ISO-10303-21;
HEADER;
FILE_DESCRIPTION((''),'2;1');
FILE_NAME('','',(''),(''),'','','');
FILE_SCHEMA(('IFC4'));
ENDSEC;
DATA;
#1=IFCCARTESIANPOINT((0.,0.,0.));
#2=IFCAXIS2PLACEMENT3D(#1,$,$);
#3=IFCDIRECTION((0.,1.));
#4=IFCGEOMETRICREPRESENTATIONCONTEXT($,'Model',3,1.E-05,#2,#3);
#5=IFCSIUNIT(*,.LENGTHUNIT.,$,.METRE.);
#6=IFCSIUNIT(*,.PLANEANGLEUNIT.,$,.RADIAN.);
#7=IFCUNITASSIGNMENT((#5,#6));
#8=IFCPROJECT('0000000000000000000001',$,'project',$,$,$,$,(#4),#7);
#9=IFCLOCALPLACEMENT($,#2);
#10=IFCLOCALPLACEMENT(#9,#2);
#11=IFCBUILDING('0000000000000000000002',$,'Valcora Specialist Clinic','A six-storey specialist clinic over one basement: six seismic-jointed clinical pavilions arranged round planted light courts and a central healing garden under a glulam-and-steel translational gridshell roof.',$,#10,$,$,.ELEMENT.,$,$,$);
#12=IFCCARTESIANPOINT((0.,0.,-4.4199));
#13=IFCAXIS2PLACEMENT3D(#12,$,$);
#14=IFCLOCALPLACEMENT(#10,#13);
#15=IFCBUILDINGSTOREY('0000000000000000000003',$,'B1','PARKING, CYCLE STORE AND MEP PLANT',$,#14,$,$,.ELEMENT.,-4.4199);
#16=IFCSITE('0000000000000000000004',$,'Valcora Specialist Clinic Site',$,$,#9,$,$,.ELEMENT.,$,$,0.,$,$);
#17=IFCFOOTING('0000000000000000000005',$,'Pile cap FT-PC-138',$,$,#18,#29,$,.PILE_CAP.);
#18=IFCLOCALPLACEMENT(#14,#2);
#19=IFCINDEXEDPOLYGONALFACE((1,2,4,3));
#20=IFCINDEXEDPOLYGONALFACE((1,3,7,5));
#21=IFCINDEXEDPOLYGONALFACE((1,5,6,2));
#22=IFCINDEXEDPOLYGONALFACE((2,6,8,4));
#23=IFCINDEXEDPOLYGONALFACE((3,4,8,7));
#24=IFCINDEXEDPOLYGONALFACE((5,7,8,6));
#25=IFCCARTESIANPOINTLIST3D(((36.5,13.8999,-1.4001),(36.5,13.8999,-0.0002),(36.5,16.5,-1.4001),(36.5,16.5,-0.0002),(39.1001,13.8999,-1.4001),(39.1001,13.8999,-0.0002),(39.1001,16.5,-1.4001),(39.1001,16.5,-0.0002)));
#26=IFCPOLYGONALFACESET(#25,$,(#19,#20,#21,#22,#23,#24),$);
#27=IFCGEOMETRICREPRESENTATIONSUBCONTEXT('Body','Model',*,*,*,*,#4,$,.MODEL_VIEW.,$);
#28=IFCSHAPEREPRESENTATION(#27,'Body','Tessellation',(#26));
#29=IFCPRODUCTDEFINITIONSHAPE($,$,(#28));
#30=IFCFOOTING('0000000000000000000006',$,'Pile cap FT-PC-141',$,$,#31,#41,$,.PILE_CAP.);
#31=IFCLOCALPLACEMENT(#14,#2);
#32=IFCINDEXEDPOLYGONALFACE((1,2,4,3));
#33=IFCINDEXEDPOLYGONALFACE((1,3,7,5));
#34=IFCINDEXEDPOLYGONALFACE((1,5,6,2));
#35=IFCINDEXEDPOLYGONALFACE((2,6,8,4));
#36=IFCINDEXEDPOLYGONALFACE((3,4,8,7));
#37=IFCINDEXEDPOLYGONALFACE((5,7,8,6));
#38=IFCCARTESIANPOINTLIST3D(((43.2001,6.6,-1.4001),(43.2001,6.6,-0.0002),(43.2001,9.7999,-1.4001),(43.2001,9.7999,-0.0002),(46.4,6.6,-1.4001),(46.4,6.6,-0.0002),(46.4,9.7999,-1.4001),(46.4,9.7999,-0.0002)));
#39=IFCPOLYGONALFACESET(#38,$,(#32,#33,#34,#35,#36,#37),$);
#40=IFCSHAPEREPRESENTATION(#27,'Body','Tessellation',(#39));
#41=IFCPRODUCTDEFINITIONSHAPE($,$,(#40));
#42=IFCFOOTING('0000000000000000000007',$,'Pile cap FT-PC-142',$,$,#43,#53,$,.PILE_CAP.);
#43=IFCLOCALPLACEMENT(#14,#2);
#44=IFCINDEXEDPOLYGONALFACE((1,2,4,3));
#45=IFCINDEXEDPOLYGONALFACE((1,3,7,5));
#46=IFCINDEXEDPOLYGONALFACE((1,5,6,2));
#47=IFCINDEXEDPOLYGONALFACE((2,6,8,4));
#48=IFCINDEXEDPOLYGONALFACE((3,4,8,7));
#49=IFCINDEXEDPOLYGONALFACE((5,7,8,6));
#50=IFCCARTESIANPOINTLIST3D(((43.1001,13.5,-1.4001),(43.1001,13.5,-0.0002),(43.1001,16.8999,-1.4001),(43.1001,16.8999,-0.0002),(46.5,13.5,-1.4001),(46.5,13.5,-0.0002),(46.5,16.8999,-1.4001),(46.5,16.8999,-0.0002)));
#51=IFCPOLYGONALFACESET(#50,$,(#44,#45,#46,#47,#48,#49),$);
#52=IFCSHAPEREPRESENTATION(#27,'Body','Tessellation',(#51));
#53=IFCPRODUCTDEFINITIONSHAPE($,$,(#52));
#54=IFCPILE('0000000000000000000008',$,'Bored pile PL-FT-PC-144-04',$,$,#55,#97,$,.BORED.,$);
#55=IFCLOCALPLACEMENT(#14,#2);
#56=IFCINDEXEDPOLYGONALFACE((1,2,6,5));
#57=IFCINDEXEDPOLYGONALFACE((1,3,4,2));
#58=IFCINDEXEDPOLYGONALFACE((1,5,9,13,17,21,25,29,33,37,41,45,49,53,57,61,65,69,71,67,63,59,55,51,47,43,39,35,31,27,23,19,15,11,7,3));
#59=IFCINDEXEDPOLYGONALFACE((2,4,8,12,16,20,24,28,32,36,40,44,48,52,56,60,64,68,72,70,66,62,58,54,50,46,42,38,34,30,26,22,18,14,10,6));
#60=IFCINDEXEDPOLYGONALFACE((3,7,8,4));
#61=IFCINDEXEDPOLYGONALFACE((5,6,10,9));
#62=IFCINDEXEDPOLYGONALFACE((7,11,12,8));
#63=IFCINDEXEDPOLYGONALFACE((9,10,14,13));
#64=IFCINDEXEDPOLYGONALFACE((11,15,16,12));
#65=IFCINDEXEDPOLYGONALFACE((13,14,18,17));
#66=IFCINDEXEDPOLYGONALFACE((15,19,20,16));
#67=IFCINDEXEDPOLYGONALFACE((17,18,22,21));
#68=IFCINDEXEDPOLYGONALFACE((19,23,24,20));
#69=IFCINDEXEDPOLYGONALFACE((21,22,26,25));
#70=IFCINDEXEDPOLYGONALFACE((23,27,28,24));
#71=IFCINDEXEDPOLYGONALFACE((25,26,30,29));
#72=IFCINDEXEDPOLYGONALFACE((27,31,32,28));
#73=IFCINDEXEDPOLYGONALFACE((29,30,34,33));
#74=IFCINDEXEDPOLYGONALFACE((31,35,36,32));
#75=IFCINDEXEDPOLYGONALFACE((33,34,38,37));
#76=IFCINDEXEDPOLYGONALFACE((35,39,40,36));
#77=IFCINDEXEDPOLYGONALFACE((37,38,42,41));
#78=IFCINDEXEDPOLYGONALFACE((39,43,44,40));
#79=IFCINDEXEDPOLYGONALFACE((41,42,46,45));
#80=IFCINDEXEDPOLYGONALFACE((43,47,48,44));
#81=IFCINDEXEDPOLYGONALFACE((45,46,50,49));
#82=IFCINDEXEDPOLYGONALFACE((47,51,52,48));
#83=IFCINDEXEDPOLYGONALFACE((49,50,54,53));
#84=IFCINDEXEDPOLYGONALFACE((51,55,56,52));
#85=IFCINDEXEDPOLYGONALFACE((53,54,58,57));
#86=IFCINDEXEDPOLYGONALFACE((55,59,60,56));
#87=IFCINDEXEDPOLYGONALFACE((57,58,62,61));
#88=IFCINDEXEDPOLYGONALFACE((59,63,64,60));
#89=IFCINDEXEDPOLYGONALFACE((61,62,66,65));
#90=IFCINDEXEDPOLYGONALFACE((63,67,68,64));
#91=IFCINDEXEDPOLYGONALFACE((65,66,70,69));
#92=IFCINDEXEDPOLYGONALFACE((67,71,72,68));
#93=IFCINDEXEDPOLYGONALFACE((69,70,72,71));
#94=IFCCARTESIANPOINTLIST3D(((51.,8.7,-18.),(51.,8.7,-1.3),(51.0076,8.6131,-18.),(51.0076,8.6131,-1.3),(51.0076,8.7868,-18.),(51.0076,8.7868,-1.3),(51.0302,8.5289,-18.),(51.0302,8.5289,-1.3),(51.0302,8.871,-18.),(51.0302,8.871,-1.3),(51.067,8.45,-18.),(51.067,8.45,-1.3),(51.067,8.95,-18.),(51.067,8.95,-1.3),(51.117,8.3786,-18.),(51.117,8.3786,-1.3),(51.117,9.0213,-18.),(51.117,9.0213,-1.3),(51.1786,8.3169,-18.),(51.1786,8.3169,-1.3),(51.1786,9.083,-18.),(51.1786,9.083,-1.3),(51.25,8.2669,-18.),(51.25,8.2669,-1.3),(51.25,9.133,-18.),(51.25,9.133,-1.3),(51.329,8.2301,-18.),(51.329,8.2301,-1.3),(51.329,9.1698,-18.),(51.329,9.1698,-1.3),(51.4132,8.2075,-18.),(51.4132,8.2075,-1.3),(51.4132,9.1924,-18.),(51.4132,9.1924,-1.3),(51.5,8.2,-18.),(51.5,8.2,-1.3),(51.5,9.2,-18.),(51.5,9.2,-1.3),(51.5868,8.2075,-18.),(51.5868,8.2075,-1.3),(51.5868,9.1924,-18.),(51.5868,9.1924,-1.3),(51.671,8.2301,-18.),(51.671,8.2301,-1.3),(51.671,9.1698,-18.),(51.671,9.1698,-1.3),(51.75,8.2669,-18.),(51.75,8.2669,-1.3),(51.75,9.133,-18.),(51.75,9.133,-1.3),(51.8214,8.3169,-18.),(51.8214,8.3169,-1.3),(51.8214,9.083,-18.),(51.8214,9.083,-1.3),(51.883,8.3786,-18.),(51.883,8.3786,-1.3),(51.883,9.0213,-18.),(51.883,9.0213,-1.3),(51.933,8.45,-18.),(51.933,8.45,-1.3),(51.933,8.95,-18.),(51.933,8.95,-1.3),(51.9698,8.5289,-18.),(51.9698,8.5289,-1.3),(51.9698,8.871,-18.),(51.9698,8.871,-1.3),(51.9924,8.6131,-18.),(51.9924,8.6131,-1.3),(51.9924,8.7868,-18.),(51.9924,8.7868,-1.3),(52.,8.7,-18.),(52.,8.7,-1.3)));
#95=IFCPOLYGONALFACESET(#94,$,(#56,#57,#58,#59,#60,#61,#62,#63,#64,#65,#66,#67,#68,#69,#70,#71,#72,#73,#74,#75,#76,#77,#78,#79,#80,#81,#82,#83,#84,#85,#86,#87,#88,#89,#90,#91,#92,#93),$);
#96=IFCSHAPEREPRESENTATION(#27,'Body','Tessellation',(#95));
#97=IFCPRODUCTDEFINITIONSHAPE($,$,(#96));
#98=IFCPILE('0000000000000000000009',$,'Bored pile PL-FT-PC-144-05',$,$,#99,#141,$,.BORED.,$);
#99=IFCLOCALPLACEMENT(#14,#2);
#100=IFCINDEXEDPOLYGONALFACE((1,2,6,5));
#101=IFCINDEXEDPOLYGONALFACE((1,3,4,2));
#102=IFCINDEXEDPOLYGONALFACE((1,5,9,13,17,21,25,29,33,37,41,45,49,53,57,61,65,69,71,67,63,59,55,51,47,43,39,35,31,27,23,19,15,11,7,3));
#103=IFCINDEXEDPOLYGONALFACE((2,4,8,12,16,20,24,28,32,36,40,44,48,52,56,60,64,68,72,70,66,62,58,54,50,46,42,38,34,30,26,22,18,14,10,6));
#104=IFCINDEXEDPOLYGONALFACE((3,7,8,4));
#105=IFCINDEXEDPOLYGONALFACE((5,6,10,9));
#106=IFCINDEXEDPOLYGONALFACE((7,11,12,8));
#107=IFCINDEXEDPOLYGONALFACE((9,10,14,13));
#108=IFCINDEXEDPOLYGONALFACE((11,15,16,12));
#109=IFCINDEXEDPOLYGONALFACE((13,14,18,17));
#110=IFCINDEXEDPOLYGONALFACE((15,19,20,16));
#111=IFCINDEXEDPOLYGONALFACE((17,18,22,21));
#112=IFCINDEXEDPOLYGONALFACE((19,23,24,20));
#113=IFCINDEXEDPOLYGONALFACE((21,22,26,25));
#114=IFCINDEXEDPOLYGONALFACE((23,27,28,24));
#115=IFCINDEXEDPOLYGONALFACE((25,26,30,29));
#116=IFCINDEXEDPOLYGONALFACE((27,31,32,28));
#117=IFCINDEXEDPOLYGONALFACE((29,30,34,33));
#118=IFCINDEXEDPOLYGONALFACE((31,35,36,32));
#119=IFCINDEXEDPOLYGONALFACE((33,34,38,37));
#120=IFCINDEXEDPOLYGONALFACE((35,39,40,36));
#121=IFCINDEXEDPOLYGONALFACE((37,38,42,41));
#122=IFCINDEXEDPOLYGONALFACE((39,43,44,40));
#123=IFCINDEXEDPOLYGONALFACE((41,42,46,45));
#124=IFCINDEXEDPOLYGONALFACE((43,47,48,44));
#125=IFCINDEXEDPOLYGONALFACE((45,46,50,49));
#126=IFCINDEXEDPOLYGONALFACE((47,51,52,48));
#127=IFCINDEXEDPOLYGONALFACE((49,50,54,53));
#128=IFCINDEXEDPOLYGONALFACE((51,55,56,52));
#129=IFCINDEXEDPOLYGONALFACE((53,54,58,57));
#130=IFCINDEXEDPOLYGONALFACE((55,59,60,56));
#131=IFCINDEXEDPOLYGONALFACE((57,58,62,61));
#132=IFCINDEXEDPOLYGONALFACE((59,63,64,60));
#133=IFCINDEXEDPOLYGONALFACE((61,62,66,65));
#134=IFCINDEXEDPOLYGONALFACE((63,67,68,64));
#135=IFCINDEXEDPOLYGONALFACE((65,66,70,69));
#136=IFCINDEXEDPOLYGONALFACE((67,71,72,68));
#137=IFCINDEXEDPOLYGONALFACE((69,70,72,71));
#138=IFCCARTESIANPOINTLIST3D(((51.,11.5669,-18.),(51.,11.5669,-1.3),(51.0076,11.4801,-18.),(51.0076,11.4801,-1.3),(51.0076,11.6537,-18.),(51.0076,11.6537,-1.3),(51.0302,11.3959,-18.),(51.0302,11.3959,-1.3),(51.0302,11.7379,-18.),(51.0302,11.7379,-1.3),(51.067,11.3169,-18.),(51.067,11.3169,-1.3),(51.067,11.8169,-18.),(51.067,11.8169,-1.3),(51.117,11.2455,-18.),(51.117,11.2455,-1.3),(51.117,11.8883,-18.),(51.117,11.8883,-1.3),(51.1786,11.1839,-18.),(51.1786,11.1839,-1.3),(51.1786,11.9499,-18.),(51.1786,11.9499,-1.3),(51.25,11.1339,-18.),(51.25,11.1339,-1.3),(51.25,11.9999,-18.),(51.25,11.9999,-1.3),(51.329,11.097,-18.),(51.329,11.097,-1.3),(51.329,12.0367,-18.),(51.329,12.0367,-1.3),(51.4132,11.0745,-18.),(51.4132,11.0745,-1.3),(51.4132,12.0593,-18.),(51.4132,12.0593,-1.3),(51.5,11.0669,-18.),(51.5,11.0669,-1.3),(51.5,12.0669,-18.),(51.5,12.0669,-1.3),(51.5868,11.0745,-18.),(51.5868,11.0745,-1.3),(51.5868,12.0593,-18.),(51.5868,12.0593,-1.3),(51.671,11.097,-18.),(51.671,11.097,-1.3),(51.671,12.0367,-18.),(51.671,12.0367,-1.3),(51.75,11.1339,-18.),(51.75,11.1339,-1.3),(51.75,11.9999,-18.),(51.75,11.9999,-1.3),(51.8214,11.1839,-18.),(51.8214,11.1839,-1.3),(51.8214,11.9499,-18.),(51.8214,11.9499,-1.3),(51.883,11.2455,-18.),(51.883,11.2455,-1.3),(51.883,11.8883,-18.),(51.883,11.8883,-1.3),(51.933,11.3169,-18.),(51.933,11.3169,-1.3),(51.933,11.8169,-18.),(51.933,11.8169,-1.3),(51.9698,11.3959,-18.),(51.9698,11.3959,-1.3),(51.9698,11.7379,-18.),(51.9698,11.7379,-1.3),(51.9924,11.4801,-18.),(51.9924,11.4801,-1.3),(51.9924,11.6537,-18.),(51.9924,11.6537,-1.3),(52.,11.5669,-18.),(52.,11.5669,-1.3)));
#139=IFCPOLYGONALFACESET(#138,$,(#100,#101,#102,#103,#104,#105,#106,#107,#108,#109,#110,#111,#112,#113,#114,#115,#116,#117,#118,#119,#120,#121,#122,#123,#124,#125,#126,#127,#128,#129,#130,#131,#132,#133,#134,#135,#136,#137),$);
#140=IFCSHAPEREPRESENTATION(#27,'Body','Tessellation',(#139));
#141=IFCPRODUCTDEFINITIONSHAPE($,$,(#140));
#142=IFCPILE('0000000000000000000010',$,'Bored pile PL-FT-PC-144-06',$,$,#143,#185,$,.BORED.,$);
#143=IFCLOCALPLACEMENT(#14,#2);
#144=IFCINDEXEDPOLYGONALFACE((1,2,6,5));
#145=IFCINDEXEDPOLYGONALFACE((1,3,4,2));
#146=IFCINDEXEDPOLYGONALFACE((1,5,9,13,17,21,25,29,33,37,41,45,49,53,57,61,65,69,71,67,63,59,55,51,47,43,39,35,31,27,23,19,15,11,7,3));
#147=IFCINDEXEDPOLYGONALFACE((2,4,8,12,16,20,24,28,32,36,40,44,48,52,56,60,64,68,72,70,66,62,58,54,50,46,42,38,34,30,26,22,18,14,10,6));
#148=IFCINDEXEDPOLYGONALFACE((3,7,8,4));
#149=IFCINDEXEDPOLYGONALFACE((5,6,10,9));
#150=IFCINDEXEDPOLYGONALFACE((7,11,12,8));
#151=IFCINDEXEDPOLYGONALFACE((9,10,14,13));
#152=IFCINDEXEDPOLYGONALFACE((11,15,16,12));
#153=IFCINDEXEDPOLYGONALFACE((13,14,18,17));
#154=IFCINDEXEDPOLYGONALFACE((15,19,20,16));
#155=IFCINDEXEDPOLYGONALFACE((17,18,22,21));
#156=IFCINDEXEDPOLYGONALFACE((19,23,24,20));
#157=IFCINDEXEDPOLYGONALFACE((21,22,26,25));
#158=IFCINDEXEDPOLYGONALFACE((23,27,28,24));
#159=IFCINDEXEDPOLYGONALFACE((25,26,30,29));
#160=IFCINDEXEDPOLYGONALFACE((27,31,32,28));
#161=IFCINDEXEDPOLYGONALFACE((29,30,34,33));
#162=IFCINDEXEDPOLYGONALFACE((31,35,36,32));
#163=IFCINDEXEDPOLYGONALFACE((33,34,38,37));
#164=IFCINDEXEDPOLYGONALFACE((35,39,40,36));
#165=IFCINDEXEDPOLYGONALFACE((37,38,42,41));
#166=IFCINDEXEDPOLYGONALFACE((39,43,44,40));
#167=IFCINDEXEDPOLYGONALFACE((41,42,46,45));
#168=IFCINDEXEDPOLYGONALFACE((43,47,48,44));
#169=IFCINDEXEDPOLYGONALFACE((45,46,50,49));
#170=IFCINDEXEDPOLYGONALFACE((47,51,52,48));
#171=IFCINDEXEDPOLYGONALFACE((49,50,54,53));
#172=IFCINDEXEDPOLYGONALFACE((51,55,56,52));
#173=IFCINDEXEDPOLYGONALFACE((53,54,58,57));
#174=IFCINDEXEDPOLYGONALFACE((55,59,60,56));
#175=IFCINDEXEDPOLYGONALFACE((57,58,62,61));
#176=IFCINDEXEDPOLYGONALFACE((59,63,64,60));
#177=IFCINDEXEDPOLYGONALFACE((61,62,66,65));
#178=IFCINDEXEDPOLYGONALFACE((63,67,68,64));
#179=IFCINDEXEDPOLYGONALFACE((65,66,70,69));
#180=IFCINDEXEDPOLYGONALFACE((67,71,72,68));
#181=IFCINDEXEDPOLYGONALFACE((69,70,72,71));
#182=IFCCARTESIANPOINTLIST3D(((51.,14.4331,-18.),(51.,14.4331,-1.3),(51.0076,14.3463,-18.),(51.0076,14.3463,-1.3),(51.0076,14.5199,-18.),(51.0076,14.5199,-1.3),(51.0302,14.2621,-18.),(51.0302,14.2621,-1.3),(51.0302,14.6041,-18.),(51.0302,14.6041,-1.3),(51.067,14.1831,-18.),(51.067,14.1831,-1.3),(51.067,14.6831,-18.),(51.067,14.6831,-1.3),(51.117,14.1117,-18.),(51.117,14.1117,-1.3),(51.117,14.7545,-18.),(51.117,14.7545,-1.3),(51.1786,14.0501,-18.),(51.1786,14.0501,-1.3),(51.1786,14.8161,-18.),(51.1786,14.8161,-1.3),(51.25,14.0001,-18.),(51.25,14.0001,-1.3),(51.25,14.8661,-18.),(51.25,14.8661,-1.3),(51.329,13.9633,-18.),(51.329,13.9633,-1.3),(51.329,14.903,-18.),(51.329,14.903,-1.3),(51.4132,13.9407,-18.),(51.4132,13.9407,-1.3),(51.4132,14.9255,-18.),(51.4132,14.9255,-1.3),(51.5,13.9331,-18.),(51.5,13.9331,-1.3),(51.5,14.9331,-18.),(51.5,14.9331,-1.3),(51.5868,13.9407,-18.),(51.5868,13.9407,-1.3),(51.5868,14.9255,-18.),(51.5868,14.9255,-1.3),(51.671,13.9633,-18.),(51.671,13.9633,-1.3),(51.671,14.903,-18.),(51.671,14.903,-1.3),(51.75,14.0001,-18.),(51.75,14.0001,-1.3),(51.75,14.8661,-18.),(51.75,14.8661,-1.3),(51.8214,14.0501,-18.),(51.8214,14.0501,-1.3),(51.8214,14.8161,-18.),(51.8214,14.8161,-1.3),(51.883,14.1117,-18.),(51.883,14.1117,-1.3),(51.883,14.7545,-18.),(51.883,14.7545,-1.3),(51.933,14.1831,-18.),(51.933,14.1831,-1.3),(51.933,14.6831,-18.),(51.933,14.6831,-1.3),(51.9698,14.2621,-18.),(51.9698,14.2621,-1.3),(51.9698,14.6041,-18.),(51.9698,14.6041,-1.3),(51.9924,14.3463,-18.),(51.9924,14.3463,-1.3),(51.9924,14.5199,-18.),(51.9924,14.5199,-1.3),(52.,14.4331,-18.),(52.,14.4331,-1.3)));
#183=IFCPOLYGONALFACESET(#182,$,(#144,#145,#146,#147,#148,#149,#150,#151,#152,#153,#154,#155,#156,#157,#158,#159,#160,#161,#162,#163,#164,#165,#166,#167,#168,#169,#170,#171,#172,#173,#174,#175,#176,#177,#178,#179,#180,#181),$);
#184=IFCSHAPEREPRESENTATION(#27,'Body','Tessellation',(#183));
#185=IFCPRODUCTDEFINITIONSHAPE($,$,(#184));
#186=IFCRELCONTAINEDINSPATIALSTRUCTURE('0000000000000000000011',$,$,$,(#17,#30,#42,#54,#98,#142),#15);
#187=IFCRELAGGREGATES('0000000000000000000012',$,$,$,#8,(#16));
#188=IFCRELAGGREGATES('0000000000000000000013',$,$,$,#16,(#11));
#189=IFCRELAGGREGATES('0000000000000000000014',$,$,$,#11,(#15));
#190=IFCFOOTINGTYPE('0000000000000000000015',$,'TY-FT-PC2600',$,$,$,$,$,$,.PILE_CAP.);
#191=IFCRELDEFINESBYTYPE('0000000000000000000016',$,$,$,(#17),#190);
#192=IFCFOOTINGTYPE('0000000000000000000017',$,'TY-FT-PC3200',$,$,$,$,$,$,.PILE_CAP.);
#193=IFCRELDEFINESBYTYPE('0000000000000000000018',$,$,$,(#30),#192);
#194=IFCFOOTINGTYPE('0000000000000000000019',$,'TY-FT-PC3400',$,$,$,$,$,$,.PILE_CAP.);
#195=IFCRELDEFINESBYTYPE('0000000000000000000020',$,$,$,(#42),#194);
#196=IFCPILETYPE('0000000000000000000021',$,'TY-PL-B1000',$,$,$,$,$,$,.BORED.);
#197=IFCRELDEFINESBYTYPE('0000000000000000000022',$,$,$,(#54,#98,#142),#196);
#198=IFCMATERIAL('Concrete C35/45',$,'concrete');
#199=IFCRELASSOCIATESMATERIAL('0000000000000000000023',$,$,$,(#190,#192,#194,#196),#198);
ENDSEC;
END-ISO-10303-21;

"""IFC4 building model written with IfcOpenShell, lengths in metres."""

from ifc_helpers import new_model, si_unit, direction, frame, origin, origin_2d, place, context, subcontext, project, spatial, rectangle, circle, extrude, material, material_profile, profile_set, type_object, element, save


model = new_model("IFC4")

# Units and contexts
model_context = context("Model", 3, precision=1e-05, world=origin(), true_north=direction((0.0, 1.0)))
body_context = subcontext(model_context, "Body", "Model", "MODEL_VIEW")
ifc_project = project(units=[si_unit("LENGTHUNIT", "METRE"), si_unit("PLANEANGLEUNIT", "RADIAN")], contexts=[model_context])

# Site, building, storey
site_placement = place(None, origin())
site = spatial("IfcSite", under=ifc_project, at=site_placement, Name="Valcora Specialist Clinic Site", CompositionType="ELEMENT", RefElevation=0.0)
building_placement = place(site_placement, origin())
building = spatial("IfcBuilding", under=site, at=building_placement, Name="Valcora Specialist Clinic", Description="A six-storey specialist clinic over one basement: six seismic-jointed clinical pavilions arranged round planted light courts and a central healing garden under a glulam-and-steel translational gridshell roof.", CompositionType="ELEMENT")
storey_placement = place(building_placement, frame((0.0, 0.0, -4.4199)))
storey = spatial("IfcBuildingStorey", under=building, at=storey_placement, Name="B1", Description="PARKING, CYCLE STORE AND MEP PLANT", CompositionType="ELEMENT", Elevation=-4.4199)

# Footings
ifc_material_1 = material(Name="Concrete C35/45", Category="concrete")
footing_type_1 = type_object("IfcFootingType", Name="TY-FT-PC2600", PredefinedType="PILE_CAP", material=ifc_material_1)
footing_1_placement = place(storey_placement, frame((37.8, 15.2, -1.4001), z_axis=(0.0, 0.0, 1.0), x_axis=(1.0, 0.0, 0.0)))
element("IfcFooting", 1, at=footing_1_placement, inside=storey, type_object=footing_type_1, Name="Pile cap FT-PC-138", PredefinedType="PILE_CAP", context=body_context, shape_type="SweptSolid", body=[
    extrude(rectangle(XDim=2.6001, YDim=2.6001, at=origin_2d()), origin(), (0.0, 0.0, 1.0), 1.3999),
])
footing_type_2 = type_object("IfcFootingType", Name="TY-FT-PC3200", PredefinedType="PILE_CAP", material=ifc_material_1)
footing_2_placement = place(storey_placement, frame((44.8, 8.2, -1.4001), z_axis=(0.0, 0.0, 1.0), x_axis=(1.0, 0.0, 0.0)))
element("IfcFooting", 2, at=footing_2_placement, inside=storey, type_object=footing_type_2, Name="Pile cap FT-PC-141", PredefinedType="PILE_CAP", context=body_context, shape_type="SweptSolid", body=[
    extrude(rectangle(XDim=3.2, YDim=3.2, at=origin_2d()), origin(), (0.0, 0.0, 1.0), 1.3999),
])
footing_type_3 = type_object("IfcFootingType", Name="TY-FT-PC3400", PredefinedType="PILE_CAP", material=ifc_material_1)
footing_3_placement = place(storey_placement, frame((44.8, 15.2, -1.4001), z_axis=(0.0, 0.0, 1.0), x_axis=(1.0, 0.0, 0.0)))
element("IfcFooting", 3, at=footing_3_placement, inside=storey, type_object=footing_type_3, Name="Pile cap FT-PC-142", PredefinedType="PILE_CAP", context=body_context, shape_type="SweptSolid", body=[
    extrude(rectangle(XDim=3.3999, YDim=3.3999, at=origin_2d()), origin(), (0.0, 0.0, 1.0), 1.3999),
])

# Piles
ifc_material_profile_1 = material_profile(ifc_material_1, circle(Radius=0.5, at=origin_2d()), Name="RC-PIL-D1000")
ifc_profile_set_1 = profile_set([ifc_material_profile_1], Name="Concrete C35/45")
pile_type_1 = type_object("IfcPileType", Name="TY-PL-B1000", PredefinedType="BORED", material=ifc_profile_set_1)
for number, where, z_axis, x_axis, name in (
    (4, (51.5, 8.7, -1.3), (0.0, 0.0, -1.0), (1.0, 0.0, 0.0), "Bored pile PL-FT-PC-144-04"),
    (5, (51.5, 11.5669, -1.3), (0.0, 0.0, -1.0), (1.0, 0.0, 0.0), "Bored pile PL-FT-PC-144-05"),
    (6, (51.5, 14.4331, -1.3), (0.0, 0.0, -1.0), (1.0, 0.0, 0.0), "Bored pile PL-FT-PC-144-06"),
):
    element("IfcPile", number, at=place(storey_placement, frame(where, z_axis=z_axis, x_axis=x_axis)), inside=storey, type_object=pile_type_1, Name=name, PredefinedType="BORED", context=body_context, shape_type="SweptSolid", body=[
        extrude(circle(Radius=0.5, at=origin_2d()), origin(), (0.0, 0.0, 1.0), 16.7),
    ])

save(model, "model.ifc")
